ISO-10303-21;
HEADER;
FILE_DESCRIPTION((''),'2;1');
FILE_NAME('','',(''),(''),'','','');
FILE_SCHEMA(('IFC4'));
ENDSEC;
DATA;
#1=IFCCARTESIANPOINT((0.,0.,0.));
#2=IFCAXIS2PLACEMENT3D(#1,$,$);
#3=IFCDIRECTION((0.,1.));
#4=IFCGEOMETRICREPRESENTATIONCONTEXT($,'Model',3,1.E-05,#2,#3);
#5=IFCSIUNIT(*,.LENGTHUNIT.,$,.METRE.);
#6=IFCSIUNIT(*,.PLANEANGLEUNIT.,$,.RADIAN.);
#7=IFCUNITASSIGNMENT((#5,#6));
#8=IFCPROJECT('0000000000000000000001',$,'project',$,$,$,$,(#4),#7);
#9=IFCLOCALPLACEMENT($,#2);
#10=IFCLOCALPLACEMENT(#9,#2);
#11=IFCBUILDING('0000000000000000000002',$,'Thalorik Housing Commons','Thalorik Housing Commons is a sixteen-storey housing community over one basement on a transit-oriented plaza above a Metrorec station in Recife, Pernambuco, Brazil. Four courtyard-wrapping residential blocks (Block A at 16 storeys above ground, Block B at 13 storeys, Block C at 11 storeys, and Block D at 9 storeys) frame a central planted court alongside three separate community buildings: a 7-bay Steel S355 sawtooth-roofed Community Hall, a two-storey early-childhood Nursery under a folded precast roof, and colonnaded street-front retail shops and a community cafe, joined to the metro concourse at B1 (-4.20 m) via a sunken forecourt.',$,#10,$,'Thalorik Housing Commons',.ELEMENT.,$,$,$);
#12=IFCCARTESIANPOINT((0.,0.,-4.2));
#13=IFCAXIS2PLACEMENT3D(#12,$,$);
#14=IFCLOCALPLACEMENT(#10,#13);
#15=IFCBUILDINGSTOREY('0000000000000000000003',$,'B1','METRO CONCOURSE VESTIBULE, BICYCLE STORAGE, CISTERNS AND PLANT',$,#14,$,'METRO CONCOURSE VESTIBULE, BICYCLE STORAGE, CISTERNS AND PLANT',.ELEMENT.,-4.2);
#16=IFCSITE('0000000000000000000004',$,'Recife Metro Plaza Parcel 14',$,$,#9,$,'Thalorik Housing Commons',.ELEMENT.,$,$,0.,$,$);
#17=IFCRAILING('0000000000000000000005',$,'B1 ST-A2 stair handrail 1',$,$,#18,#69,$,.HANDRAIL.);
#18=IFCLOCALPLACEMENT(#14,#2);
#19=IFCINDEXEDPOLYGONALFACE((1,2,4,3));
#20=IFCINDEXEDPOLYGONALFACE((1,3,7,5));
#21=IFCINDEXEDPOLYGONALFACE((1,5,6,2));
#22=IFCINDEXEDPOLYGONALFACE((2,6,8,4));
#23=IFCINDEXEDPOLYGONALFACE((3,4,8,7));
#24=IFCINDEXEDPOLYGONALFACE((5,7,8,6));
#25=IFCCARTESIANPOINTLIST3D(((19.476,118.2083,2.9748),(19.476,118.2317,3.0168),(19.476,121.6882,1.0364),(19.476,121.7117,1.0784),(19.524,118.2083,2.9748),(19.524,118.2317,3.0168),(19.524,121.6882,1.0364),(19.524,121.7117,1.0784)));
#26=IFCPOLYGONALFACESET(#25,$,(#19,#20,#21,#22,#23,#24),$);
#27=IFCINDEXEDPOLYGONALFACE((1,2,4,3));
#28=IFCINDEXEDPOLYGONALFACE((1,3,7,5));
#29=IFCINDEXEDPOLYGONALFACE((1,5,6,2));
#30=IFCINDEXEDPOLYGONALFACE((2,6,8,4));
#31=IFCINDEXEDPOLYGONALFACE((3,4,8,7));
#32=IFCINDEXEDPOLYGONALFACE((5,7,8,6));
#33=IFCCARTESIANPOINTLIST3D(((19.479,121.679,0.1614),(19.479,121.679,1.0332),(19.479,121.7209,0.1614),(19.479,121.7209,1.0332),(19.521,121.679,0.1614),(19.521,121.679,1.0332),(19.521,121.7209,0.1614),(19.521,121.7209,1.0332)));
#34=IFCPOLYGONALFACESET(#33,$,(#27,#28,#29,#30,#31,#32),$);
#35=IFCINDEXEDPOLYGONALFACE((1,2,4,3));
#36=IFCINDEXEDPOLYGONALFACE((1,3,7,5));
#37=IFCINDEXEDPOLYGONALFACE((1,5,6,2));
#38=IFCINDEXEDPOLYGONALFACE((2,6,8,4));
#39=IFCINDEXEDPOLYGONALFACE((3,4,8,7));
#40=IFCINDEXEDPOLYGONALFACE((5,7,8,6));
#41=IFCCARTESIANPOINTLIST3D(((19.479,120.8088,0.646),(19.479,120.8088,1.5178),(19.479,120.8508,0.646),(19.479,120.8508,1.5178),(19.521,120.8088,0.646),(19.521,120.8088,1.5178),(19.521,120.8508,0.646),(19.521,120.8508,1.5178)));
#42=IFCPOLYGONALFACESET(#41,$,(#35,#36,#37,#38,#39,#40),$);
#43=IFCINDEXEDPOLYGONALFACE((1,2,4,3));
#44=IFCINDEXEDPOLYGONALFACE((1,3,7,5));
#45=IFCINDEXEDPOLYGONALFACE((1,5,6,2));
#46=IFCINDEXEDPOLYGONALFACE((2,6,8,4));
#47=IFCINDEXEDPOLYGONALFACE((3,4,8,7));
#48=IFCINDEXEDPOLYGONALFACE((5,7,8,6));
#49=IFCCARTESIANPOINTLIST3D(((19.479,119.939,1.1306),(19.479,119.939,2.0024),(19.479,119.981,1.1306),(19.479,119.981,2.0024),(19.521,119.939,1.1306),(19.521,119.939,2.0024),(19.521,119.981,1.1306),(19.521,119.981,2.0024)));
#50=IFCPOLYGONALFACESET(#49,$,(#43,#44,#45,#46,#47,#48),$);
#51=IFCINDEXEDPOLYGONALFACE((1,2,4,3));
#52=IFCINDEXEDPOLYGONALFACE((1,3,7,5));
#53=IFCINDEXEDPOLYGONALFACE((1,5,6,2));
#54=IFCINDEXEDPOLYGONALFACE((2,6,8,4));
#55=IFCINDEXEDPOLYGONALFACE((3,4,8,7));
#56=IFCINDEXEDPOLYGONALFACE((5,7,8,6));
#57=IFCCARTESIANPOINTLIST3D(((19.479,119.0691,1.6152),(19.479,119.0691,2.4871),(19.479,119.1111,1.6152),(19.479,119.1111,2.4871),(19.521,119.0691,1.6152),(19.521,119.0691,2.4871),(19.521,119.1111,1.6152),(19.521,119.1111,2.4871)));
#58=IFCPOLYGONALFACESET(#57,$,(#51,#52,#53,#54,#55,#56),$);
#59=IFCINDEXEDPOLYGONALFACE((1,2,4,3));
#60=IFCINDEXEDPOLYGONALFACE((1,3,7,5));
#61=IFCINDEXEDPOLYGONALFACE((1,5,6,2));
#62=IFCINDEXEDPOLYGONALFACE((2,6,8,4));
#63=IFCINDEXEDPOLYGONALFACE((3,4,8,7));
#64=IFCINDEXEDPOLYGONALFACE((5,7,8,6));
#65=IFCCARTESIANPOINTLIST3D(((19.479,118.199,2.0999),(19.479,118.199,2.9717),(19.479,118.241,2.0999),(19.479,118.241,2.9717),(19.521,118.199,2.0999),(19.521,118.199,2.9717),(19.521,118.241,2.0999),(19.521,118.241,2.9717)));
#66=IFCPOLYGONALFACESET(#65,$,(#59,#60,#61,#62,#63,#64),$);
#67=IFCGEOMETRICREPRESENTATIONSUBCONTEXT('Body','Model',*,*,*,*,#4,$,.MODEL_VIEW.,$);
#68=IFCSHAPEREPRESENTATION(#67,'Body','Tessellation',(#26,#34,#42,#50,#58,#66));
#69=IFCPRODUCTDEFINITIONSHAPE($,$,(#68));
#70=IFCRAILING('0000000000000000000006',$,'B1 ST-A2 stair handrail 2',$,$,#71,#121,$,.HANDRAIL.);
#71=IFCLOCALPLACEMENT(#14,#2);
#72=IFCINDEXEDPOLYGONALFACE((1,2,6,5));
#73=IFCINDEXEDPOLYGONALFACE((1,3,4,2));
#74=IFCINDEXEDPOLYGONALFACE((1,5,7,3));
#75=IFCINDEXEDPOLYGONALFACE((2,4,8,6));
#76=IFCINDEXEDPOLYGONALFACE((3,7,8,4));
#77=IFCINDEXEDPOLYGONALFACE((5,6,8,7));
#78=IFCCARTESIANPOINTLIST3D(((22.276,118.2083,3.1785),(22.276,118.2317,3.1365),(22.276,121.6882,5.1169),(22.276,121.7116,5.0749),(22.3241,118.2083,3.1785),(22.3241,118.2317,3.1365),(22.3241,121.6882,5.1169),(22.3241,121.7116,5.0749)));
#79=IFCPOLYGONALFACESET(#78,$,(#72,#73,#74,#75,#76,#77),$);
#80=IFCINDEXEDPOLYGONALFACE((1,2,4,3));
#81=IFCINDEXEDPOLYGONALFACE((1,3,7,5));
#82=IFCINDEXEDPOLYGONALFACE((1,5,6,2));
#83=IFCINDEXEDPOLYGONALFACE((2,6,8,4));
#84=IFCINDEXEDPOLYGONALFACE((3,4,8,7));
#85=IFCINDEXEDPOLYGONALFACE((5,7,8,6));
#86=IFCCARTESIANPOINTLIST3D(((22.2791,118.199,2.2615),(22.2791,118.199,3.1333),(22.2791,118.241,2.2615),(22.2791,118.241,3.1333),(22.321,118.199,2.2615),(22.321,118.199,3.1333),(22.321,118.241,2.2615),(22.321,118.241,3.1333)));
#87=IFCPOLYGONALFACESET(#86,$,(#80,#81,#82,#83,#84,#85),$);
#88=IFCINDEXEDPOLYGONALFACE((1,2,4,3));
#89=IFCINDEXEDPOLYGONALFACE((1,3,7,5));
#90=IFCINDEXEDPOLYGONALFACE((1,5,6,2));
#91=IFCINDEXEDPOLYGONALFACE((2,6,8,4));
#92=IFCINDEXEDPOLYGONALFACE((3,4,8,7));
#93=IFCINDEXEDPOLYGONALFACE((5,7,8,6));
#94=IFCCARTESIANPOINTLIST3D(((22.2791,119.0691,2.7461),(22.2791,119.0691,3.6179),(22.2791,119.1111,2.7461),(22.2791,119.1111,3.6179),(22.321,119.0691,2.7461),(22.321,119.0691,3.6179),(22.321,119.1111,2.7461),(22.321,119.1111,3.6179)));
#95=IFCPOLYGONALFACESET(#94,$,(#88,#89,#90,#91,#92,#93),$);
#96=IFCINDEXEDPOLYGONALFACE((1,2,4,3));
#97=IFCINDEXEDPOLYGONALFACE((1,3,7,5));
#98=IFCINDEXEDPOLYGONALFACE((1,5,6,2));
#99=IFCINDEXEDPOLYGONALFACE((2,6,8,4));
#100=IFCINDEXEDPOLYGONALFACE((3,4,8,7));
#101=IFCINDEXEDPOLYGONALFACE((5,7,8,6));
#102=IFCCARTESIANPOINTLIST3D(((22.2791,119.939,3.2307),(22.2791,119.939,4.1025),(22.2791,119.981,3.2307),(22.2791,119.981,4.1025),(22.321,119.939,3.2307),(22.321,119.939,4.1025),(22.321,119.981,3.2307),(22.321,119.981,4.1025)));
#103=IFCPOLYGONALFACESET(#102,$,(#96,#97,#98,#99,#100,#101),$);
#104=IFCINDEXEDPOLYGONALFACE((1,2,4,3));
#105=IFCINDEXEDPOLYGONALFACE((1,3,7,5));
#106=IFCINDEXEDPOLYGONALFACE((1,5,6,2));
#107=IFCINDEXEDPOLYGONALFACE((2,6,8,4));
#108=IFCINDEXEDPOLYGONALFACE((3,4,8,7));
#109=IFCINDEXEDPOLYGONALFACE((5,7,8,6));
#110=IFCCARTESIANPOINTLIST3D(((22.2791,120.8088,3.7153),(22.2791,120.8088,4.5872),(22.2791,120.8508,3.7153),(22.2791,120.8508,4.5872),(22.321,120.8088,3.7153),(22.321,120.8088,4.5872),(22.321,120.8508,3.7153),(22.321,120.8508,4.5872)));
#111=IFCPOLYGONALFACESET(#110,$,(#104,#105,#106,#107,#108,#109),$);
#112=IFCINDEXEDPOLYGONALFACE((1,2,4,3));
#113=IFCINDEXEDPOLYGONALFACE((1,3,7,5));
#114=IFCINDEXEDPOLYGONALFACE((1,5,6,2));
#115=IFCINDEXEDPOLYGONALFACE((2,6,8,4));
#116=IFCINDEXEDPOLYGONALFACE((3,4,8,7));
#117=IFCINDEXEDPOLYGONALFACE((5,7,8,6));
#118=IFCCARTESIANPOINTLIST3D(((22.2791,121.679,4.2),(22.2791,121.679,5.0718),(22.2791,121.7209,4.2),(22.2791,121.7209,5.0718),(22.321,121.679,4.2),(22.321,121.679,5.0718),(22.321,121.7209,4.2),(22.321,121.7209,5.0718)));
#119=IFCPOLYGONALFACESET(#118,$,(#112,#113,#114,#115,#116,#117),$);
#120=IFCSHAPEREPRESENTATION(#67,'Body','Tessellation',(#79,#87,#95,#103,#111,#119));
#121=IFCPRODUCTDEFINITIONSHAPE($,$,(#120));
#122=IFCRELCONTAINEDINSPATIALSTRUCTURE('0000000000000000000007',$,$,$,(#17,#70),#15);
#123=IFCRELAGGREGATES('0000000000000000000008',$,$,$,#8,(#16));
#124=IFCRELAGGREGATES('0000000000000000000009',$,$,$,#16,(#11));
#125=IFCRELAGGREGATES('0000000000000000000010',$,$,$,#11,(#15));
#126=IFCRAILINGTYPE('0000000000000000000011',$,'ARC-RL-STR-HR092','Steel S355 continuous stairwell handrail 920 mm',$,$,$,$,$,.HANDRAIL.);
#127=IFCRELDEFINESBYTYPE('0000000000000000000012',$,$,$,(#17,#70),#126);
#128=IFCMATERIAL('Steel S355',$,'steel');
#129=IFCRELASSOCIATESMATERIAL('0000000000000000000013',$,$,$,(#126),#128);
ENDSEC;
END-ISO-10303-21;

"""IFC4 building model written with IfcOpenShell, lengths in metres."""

from ifc_helpers import new_model, si_unit, direction, frame, origin, origin_2d, place, context, subcontext, project, spatial, rectangle, extrude, material, type_object, element, save


model = new_model("IFC4")

# Units and contexts
model_context = context("Model", 3, precision=1e-05, world=origin(), true_north=direction((0.0, 1.0)))
body_context = subcontext(model_context, "Body", "Model", "MODEL_VIEW")
ifc_project = project(units=[si_unit("LENGTHUNIT", "METRE"), si_unit("PLANEANGLEUNIT", "RADIAN")], contexts=[model_context])

# Site, building, storey
site_placement = place(None, origin())
site = spatial("IfcSite", under=ifc_project, at=site_placement, Name="Recife Metro Plaza Parcel 14", LongName="Thalorik Housing Commons", CompositionType="ELEMENT", RefElevation=0.0)
building_placement = place(site_placement, origin())
building = spatial("IfcBuilding", under=site, at=building_placement, Name="Thalorik Housing Commons", Description="Thalorik Housing Commons is a sixteen-storey housing community over one basement on a transit-oriented plaza above a Metrorec station in Recife, Pernambuco, Brazil. Four courtyard-wrapping residential blocks (Block A at 16 storeys above ground, Block B at 13 storeys, Block C at 11 storeys, and Block D at 9 storeys) frame a central planted court alongside three separate community buildings: a 7-bay Steel S355 sawtooth-roofed Community Hall, a two-storey early-childhood Nursery under a folded precast roof, and colonnaded street-front retail shops and a community cafe, joined to the metro concourse at B1 (-4.20 m) via a sunken forecourt.", LongName="Thalorik Housing Commons", CompositionType="ELEMENT")
storey_placement = place(building_placement, frame((0.0, 0.0, -4.2)))
storey = spatial("IfcBuildingStorey", under=building, at=storey_placement, Name="B1", Description="METRO CONCOURSE VESTIBULE, BICYCLE STORAGE, CISTERNS AND PLANT", LongName="METRO CONCOURSE VESTIBULE, BICYCLE STORAGE, CISTERNS AND PLANT", CompositionType="ELEMENT", Elevation=-4.2)

# Shared definitions
ifc_material_1 = material(Name="Steel S355", Category="steel")

# Railings
railing_type_1 = type_object("IfcRailingType", Name="ARC-RL-STR-HR092", Description="Steel S355 continuous stairwell handrail 920 mm", PredefinedType="HANDRAIL", material=ifc_material_1)
railing_1_placement = place(storey_placement, frame((19.5, 121.7, 0.1614)))
element("IfcRailing", 1, at=railing_1_placement, inside=storey, type_object=railing_type_1, Name="B1 ST-A2 stair handrail 1", PredefinedType="HANDRAIL", context=body_context, shape_type="SweptSolid", body=[
    extrude(rectangle(XDim=0.0481, YDim=0.0481, at=origin_2d()), frame((0.0, 0.0, 0.896), z_axis=(0.0, -0.873607, 0.486631), x_axis=(1.0, 0.0, 0.0)), (0.0, 0.0, 1.0), 3.9834),
    extrude(rectangle(XDim=0.042, YDim=0.042, at=origin_2d()), origin(), (0.0, 0.0, 1.0), 0.8718),
    extrude(rectangle(XDim=0.042, YDim=0.042, at=origin_2d()), frame((0.0, -0.8701, 0.4846)), (0.0, 0.0, 1.0), 0.8718),
    extrude(rectangle(XDim=0.042, YDim=0.042, at=origin_2d()), frame((0.0, -1.74, 0.9692)), (0.0, 0.0, 1.0), 0.8718),
    extrude(rectangle(XDim=0.042, YDim=0.042, at=origin_2d()), frame((0.0, -2.6099, 1.4539)), (0.0, 0.0, 1.0), 0.8718),
    extrude(rectangle(XDim=0.042, YDim=0.042, at=origin_2d()), frame((0.0, -3.48, 1.9385)), (0.0, 0.0, 1.0), 0.8718),
])
railing_2_placement = place(storey_placement, frame((22.3, 118.22, 2.2615)))
element("IfcRailing", 2, at=railing_2_placement, inside=storey, type_object=railing_type_1, Name="B1 ST-A2 stair handrail 2", PredefinedType="HANDRAIL", context=body_context, shape_type="SweptSolid", body=[
    extrude(rectangle(XDim=0.0481, YDim=0.0481, at=origin_2d()), frame((0.0, 0.0, 0.896), z_axis=(0.0, 0.873607, 0.486631), x_axis=(-1.0, 0.0, 0.0)), (0.0, 0.0, 1.0), 3.9834),
    extrude(rectangle(XDim=0.042, YDim=0.042, at=origin_2d()), origin(), (0.0, 0.0, 1.0), 0.8718),
    extrude(rectangle(XDim=0.042, YDim=0.042, at=origin_2d()), frame((0.0, 0.8701, 0.4846)), (0.0, 0.0, 1.0), 0.8718),
    extrude(rectangle(XDim=0.042, YDim=0.042, at=origin_2d()), frame((0.0, 1.74, 0.9692)), (0.0, 0.0, 1.0), 0.8718),
    extrude(rectangle(XDim=0.042, YDim=0.042, at=origin_2d()), frame((0.0, 2.6099, 1.4539)), (0.0, 0.0, 1.0), 0.8718),
    extrude(rectangle(XDim=0.042, YDim=0.042, at=origin_2d()), frame((0.0, 3.48, 1.9385)), (0.0, 0.0, 1.0), 0.8718),
])

save(model, "model.ifc")
